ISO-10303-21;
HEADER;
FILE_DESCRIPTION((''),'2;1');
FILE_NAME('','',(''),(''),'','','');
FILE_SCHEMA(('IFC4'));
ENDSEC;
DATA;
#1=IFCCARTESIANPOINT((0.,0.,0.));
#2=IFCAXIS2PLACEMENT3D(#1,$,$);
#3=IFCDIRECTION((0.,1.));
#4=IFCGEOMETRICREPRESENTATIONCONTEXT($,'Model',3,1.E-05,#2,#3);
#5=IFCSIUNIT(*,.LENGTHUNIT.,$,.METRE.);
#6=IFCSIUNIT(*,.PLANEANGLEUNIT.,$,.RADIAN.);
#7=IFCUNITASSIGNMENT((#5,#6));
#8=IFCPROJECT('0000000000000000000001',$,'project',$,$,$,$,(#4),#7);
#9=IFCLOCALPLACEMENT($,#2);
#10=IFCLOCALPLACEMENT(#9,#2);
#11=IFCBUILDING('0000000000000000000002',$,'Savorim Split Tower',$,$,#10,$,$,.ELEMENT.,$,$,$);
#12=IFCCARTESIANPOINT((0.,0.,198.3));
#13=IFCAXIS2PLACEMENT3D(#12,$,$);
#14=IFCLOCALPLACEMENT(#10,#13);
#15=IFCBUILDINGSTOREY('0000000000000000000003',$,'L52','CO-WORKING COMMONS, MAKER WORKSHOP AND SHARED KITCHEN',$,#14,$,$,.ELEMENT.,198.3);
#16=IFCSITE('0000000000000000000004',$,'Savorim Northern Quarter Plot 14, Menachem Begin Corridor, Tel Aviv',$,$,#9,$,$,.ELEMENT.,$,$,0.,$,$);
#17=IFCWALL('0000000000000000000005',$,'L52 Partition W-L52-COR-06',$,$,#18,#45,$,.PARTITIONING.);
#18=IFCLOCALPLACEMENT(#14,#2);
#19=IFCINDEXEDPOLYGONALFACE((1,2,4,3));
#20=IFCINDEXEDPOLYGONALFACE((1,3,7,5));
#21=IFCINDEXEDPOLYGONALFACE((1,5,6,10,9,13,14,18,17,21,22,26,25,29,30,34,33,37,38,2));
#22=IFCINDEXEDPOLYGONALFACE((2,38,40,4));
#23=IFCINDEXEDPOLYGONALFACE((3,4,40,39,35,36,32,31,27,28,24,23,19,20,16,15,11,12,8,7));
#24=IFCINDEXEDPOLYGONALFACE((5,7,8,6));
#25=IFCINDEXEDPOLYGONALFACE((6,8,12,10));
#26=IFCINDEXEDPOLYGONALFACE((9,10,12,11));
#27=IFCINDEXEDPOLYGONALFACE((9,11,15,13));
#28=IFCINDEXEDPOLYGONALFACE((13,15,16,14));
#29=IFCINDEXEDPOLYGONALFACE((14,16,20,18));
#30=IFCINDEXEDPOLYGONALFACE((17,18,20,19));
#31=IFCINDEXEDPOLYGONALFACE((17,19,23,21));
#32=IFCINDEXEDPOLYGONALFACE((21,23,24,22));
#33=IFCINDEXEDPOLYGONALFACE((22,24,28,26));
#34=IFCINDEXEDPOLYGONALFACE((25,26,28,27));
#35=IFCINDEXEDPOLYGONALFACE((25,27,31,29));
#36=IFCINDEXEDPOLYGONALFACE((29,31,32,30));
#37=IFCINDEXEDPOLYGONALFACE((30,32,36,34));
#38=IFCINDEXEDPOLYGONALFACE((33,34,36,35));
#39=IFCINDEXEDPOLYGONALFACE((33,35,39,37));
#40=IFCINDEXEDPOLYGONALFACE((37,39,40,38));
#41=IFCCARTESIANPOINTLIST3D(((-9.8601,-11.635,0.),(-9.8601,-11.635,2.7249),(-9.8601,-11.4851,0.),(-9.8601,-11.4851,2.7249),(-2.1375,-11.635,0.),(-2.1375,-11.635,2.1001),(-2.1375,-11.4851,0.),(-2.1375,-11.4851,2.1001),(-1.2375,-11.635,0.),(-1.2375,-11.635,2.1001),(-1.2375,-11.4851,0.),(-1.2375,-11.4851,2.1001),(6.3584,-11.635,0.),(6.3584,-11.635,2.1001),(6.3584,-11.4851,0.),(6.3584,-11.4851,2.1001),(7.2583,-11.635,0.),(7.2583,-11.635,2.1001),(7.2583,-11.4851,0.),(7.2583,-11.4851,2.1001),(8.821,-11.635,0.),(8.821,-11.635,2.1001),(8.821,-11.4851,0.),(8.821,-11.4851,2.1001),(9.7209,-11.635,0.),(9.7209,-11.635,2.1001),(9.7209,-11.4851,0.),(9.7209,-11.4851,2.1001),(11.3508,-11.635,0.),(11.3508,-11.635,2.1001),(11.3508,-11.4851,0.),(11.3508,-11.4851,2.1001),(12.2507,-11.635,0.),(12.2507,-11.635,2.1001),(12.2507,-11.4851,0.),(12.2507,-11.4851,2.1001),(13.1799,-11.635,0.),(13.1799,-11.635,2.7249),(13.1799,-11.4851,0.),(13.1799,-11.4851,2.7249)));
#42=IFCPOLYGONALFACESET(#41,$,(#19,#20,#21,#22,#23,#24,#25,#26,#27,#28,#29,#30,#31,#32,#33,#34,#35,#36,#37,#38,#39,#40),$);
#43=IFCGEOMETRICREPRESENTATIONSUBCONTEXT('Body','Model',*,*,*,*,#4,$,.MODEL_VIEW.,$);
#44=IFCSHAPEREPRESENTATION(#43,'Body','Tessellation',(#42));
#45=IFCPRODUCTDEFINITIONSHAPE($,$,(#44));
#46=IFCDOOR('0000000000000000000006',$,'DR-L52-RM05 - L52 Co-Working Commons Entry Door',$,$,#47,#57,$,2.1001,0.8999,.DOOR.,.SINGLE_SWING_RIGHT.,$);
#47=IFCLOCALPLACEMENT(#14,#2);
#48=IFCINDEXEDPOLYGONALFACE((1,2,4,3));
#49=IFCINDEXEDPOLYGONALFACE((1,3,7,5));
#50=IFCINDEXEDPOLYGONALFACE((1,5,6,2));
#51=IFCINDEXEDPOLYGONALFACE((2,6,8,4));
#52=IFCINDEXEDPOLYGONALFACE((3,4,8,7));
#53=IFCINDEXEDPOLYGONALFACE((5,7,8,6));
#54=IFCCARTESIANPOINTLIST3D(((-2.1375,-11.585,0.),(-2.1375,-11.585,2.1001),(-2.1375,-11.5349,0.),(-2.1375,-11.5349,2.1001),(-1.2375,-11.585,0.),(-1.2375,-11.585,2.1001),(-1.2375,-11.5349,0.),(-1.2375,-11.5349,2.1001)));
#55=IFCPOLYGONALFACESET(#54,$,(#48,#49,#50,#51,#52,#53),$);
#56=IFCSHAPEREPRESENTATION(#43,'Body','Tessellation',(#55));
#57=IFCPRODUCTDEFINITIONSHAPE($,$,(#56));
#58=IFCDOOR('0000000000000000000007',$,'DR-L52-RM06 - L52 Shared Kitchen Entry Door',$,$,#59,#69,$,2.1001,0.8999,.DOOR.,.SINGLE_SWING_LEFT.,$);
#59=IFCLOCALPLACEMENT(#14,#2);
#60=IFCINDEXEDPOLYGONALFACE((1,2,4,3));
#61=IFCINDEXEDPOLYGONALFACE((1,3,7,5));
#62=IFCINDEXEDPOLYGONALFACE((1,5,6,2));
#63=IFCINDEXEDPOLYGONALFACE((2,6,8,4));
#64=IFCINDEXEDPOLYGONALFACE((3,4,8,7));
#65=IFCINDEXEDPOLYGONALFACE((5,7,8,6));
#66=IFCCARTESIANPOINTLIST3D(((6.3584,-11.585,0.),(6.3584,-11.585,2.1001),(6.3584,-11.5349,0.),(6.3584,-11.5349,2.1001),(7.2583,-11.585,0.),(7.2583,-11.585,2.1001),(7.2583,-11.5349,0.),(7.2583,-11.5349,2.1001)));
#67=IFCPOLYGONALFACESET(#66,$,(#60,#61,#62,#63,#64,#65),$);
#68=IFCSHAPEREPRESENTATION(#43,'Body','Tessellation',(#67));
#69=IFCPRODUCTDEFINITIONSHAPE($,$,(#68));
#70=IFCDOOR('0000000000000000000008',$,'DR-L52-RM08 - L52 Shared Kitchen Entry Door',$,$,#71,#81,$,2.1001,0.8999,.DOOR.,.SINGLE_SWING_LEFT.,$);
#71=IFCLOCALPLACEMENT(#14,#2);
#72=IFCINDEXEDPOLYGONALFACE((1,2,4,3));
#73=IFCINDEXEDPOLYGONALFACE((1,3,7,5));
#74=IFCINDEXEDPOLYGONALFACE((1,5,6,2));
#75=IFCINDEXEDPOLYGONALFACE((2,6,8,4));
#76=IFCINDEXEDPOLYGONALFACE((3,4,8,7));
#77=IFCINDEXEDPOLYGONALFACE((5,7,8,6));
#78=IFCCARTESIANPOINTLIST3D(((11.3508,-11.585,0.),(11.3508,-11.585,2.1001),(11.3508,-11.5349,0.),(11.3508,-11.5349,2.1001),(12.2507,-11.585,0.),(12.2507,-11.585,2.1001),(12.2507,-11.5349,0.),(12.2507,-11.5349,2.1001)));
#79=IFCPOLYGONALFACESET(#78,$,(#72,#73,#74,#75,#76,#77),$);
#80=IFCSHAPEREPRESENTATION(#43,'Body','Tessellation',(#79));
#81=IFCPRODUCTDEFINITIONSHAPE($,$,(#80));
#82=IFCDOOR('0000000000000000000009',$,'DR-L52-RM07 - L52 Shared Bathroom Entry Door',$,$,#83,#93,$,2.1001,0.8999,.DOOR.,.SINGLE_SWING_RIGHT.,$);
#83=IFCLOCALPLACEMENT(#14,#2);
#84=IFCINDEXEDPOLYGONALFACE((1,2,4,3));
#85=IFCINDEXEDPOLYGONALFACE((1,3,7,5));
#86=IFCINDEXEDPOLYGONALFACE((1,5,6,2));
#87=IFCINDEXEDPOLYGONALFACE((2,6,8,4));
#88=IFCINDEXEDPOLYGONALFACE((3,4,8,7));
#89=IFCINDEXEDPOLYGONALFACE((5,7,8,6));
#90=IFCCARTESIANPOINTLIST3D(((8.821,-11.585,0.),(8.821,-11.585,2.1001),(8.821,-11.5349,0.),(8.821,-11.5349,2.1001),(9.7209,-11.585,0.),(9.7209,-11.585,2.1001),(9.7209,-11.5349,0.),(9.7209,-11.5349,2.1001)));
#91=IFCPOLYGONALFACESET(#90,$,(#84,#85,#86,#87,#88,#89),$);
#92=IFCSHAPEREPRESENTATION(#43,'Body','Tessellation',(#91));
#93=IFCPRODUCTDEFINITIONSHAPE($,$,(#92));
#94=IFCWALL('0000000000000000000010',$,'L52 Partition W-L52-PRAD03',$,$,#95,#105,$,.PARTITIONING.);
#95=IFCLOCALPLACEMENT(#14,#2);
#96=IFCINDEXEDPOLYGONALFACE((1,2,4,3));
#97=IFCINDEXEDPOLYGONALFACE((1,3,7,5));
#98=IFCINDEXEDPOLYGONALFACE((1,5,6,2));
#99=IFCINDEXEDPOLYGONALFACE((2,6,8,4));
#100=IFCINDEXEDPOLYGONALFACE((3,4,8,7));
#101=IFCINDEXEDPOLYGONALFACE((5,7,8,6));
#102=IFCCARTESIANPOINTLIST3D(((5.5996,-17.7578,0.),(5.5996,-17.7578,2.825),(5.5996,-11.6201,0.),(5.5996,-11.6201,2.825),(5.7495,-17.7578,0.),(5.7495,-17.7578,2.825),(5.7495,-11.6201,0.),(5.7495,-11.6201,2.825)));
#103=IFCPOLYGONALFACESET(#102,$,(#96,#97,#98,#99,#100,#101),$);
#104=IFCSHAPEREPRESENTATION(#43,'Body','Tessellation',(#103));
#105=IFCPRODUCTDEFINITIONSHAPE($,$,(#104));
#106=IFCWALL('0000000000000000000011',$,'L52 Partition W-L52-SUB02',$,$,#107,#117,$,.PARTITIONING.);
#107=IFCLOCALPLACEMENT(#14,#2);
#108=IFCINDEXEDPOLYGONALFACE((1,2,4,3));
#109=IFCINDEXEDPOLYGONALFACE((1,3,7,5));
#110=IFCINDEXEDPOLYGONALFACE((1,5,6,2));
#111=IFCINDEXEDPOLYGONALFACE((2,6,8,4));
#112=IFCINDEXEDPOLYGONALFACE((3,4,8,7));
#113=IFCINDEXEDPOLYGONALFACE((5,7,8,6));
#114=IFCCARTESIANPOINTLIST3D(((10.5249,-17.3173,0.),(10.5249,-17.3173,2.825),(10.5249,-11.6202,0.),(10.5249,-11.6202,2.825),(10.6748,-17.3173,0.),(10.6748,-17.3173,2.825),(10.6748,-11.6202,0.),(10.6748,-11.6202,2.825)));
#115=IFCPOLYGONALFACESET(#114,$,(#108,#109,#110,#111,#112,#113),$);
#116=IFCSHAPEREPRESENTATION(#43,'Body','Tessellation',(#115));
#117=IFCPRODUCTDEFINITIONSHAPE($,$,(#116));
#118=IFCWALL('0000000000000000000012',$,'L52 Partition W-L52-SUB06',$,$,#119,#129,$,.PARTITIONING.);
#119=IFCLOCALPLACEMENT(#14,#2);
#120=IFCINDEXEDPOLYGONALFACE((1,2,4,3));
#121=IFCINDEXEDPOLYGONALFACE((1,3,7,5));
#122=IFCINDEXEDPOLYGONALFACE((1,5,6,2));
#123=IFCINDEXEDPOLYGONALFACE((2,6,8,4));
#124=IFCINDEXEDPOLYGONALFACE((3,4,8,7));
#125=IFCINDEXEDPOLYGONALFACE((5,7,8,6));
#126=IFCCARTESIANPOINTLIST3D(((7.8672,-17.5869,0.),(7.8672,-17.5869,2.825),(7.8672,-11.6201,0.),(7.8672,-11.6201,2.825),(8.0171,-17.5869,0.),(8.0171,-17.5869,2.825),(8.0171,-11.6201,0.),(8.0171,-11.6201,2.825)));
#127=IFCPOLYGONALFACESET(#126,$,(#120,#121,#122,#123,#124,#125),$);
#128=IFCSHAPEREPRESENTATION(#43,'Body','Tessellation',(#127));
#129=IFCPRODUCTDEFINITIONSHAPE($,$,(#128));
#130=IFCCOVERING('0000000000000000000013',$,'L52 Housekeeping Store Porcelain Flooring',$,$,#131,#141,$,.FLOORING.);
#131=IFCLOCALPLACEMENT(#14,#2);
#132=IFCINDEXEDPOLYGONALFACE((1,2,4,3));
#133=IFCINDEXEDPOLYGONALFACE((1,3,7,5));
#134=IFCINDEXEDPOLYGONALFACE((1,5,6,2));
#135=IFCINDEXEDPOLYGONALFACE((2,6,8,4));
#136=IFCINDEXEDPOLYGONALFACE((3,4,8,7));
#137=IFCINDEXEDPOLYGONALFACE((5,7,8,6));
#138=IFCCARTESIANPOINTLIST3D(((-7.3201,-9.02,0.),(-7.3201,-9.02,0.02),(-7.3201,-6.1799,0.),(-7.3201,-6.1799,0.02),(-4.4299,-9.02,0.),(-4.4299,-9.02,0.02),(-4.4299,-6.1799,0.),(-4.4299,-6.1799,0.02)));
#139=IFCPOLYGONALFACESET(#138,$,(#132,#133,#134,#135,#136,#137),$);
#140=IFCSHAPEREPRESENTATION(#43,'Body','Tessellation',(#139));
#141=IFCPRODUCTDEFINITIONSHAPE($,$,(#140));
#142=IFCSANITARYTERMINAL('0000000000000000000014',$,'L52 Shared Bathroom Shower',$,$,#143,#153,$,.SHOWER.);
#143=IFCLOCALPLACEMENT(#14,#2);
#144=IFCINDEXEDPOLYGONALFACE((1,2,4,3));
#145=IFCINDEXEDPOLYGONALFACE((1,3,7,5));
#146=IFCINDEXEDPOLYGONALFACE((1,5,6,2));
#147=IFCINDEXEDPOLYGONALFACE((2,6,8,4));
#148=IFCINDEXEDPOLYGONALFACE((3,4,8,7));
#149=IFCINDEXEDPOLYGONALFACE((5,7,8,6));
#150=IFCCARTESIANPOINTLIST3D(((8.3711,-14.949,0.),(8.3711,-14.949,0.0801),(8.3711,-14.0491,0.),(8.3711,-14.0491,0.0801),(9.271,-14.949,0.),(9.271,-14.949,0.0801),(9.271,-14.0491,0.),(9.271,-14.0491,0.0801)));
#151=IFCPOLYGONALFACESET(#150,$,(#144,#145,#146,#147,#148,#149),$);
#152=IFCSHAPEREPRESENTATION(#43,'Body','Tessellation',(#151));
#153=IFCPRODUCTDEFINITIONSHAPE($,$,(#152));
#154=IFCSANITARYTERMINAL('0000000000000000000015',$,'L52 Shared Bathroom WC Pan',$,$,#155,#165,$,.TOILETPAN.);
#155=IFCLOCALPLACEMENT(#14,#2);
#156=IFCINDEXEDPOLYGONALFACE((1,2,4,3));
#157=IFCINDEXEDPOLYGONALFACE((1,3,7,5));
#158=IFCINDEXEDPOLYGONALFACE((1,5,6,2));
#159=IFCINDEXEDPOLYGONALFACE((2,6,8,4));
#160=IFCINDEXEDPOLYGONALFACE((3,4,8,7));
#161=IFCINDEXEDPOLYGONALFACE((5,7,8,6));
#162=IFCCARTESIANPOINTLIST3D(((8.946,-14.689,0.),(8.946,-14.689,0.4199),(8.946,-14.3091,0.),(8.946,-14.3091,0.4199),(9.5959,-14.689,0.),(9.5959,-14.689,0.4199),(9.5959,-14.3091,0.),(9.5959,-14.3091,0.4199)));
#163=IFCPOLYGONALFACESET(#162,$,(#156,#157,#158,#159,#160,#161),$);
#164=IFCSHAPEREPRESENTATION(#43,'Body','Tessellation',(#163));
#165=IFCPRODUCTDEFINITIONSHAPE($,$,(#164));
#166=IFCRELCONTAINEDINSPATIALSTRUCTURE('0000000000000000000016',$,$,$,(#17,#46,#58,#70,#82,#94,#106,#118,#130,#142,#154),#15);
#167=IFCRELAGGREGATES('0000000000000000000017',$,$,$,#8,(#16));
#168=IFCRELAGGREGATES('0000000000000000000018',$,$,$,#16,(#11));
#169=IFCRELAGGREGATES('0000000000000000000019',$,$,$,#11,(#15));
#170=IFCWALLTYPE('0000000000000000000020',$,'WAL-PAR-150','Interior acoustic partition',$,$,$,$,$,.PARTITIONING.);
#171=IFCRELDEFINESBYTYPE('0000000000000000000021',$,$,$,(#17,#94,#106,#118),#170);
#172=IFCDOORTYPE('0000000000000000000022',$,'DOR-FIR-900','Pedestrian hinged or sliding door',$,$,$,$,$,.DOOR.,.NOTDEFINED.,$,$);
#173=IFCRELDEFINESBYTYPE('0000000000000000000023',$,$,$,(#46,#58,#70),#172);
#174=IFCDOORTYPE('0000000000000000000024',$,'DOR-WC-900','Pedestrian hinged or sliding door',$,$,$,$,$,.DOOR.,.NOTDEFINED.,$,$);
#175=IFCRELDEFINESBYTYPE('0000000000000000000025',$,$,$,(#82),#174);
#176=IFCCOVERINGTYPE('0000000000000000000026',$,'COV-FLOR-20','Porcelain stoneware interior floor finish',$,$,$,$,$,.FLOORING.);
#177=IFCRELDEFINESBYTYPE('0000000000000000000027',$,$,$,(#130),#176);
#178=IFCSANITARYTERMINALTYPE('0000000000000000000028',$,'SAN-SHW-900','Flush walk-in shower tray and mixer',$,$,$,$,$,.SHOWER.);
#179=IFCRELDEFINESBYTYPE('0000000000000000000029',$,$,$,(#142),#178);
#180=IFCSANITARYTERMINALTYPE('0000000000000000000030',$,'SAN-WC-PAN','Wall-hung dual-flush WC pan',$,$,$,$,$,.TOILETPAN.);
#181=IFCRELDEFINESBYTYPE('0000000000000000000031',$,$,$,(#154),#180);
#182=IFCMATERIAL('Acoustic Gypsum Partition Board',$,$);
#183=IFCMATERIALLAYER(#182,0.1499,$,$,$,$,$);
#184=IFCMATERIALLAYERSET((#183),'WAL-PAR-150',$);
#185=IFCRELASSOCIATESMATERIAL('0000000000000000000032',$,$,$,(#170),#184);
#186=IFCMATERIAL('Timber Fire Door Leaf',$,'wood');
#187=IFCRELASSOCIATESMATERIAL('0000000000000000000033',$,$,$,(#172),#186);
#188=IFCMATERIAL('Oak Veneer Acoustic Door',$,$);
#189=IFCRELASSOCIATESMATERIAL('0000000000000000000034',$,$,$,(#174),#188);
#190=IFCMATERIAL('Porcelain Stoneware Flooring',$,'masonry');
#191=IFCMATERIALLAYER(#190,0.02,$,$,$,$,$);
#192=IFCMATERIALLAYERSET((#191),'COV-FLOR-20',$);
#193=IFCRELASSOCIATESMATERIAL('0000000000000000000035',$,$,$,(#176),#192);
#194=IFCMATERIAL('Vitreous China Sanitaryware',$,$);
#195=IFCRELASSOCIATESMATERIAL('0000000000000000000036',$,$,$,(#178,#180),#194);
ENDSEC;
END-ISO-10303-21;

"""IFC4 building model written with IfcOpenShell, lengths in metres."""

from ifc_helpers import new_model, si_unit, direction, frame, frame_2d, origin, origin_2d, place, context, subcontext, project, spatial, polyline, rectangle, outline, extrude, material, layer, layer_set, type_object, element, fill, save


model = new_model("IFC4")

# Units and contexts
model_context = context("Model", 3, precision=1e-05, world=origin(), true_north=direction((0.0, 1.0)))
body_context = subcontext(model_context, "Body", "Model", "MODEL_VIEW")
ifc_project = project(units=[si_unit("LENGTHUNIT", "METRE"), si_unit("PLANEANGLEUNIT", "RADIAN")], contexts=[model_context])

# Site, building, storey
site_placement = place(None, origin())
site = spatial("IfcSite", under=ifc_project, at=site_placement, Name="Savorim Northern Quarter Plot 14, Menachem Begin Corridor, Tel Aviv", CompositionType="ELEMENT", RefElevation=0.0)
building_placement = place(site_placement, origin())
building = spatial("IfcBuilding", under=site, at=building_placement, Name="Savorim Split Tower", CompositionType="ELEMENT")
storey_placement = place(building_placement, frame((0.0, 0.0, 198.3)))
storey = spatial("IfcBuildingStorey", under=building, at=storey_placement, Name="L52", Description="CO-WORKING COMMONS, MAKER WORKSHOP AND SHARED KITCHEN", CompositionType="ELEMENT", Elevation=198.3)

# Shared definitions
ifc_material_1 = material(Name="Timber Fire Door Leaf", Category="wood")

# Shared definitions
ifc_material_2 = material(Name="Acoustic Gypsum Partition Board")
ifc_layer_1 = layer(ifc_material_2, 0.1499)
ifc_layer_set_1 = layer_set([ifc_layer_1], Name="WAL-PAR-150")
wall_type_1 = type_object("IfcWallType", Name="WAL-PAR-150", Description="Interior acoustic partition", PredefinedType="PARTITIONING", material=ifc_layer_set_1)
door_type_1 = type_object("IfcDoorType", Name="DOR-FIR-900", Description="Pedestrian hinged or sliding door", OperationType="NOTDEFINED", PredefinedType="DOOR", material=ifc_material_1)

# Wall, openings, doors
wall_1_placement = place(storey_placement, frame((13.1799, -11.5601, 0.0), z_axis=(0.0, 0.0, 1.0), x_axis=(-1.0, 0.0, 0.0)))
wall_1 = element("IfcWall", 1, at=wall_1_placement, inside=storey, type_object=wall_type_1, Name="L52 Partition W-L52-COR-06", PredefinedType="PARTITIONING", context=body_context, shape_type="SweptSolid", body=[
    extrude(rectangle(XDim=23.04, YDim=0.1499, at=frame_2d((11.52, 0.0))), origin(), (0.0, 0.0, 1.0), 2.7249),
])
opening_1_placement = place(wall_1_placement, frame((14.4175, 0.0, 0.0)))
opening_1 = element("IfcOpeningElement", 2, at=opening_1_placement, cuts=wall_1, PredefinedType="OPENING", context=body_context, shape_type="SweptSolid", body=[
    extrude(rectangle(XDim=0.8999, YDim=2.1001, at=frame_2d((0.45, 1.05))), frame((0.0, 0.085, 0.0), z_axis=(0.0, -1.0, 0.0), x_axis=(1.0, 0.0, 0.0)), (0.0, 0.0, 1.0), 0.1699),
])
opening_2_placement = place(wall_1_placement, frame((5.9216, 0.0, 0.0)))
opening_2 = element("IfcOpeningElement", 3, at=opening_2_placement, cuts=wall_1, PredefinedType="OPENING", context=body_context, shape_type="SweptSolid", body=[
    extrude(rectangle(XDim=0.8999, YDim=2.1001, at=frame_2d((0.45, 1.05))), frame((0.0, 0.085, 0.0), z_axis=(0.0, -1.0, 0.0), x_axis=(1.0, 0.0, 0.0)), (0.0, 0.0, 1.0), 0.1699),
])
opening_3_placement = place(wall_1_placement, frame((3.459, 0.0, 0.0)))
opening_3 = element("IfcOpeningElement", 4, at=opening_3_placement, cuts=wall_1, PredefinedType="OPENING", context=body_context, shape_type="SweptSolid", body=[
    extrude(rectangle(XDim=0.8999, YDim=2.1001, at=frame_2d((0.45, 1.05))), frame((0.0, 0.085, 0.0), z_axis=(0.0, -1.0, 0.0), x_axis=(1.0, 0.0, 0.0)), (0.0, 0.0, 1.0), 0.1699),
])
opening_4_placement = place(wall_1_placement, frame((0.9292, 0.0, 0.0)))
opening_4 = element("IfcOpeningElement", 5, at=opening_4_placement, cuts=wall_1, PredefinedType="OPENING", context=body_context, shape_type="SweptSolid", body=[
    extrude(rectangle(XDim=0.8999, YDim=2.1001, at=frame_2d((0.45, 1.05))), frame((0.0, 0.085, 0.0), z_axis=(0.0, -1.0, 0.0), x_axis=(1.0, 0.0, 0.0)), (0.0, 0.0, 1.0), 0.1699),
])
door_1_placement = place(opening_1_placement, origin())
door_1 = element("IfcDoor", 6, at=door_1_placement, inside=storey, type_object=door_type_1, Name="DR-L52-RM05 - L52 Co-Working Commons Entry Door", OperationType="SINGLE_SWING_RIGHT", OverallHeight=2.1001, OverallWidth=0.8999, PredefinedType="DOOR", context=body_context, shape_type="SweptSolid", body=[
    extrude(rectangle(XDim=0.8999, YDim=2.1001, at=frame_2d((0.45, 1.05))), frame((0.0, 0.0249, 0.0), z_axis=(0.0, -1.0, 0.0), x_axis=(1.0, 0.0, 0.0)), (0.0, 0.0, 1.0), 0.05),
])
fill(opening_1, door_1)
door_2_placement = place(opening_2_placement, origin())
door_2 = element("IfcDoor", 7, at=door_2_placement, inside=storey, type_object=door_type_1, Name="DR-L52-RM06 - L52 Shared Kitchen Entry Door", OperationType="SINGLE_SWING_LEFT", OverallHeight=2.1001, OverallWidth=0.8999, PredefinedType="DOOR", context=body_context, shape_type="SweptSolid", body=[
    extrude(rectangle(XDim=0.8999, YDim=2.1001, at=frame_2d((0.45, 1.05))), frame((0.0, 0.0249, 0.0), z_axis=(0.0, -1.0, 0.0), x_axis=(1.0, 0.0, 0.0)), (0.0, 0.0, 1.0), 0.05),
])
fill(opening_2, door_2)
door_3_placement = place(opening_4_placement, origin())
door_3 = element("IfcDoor", 8, at=door_3_placement, inside=storey, type_object=door_type_1, Name="DR-L52-RM08 - L52 Shared Kitchen Entry Door", OperationType="SINGLE_SWING_LEFT", OverallHeight=2.1001, OverallWidth=0.8999, PredefinedType="DOOR", context=body_context, shape_type="SweptSolid", body=[
    extrude(rectangle(XDim=0.8999, YDim=2.1001, at=frame_2d((0.45, 1.05))), frame((0.0, 0.0249, 0.0), z_axis=(0.0, -1.0, 0.0), x_axis=(1.0, 0.0, 0.0)), (0.0, 0.0, 1.0), 0.05),
])
fill(opening_4, door_3)
ifc_material_3 = material(Name="Oak Veneer Acoustic Door")
door_type_2 = type_object("IfcDoorType", Name="DOR-WC-900", Description="Pedestrian hinged or sliding door", OperationType="NOTDEFINED", PredefinedType="DOOR", material=ifc_material_3)
door_4_placement = place(opening_3_placement, origin())
door_4 = element("IfcDoor", 9, at=door_4_placement, inside=storey, type_object=door_type_2, Name="DR-L52-RM07 - L52 Shared Bathroom Entry Door", OperationType="SINGLE_SWING_RIGHT", OverallHeight=2.1001, OverallWidth=0.8999, PredefinedType="DOOR", context=body_context, shape_type="SweptSolid", body=[
    extrude(rectangle(XDim=0.8999, YDim=2.1001, at=frame_2d((0.45, 1.05))), frame((0.0, 0.0249, 0.0), z_axis=(0.0, -1.0, 0.0), x_axis=(1.0, 0.0, 0.0)), (0.0, 0.0, 1.0), 0.05),
])
fill(opening_3, door_4)

# Walls
wall_2_placement = place(storey_placement, frame((5.6746, -11.6201, 0.0), z_axis=(0.0, 0.0, 1.0), x_axis=(0.0, -1.0, 0.0)))
element("IfcWall", 10, at=wall_2_placement, inside=storey, type_object=wall_type_1, Name="L52 Partition W-L52-PRAD03", PredefinedType="PARTITIONING", context=body_context, shape_type="SweptSolid", body=[
    extrude(rectangle(XDim=6.1377, YDim=0.1499, at=frame_2d((3.0688, 0.0))), origin(), (0.0, 0.0, 1.0), 2.825),
])
wall_3_placement = place(storey_placement, frame((10.5999, -11.6201, 0.0), z_axis=(0.0, 0.0, 1.0), x_axis=(0.0, -1.0, 0.0)))
element("IfcWall", 11, at=wall_3_placement, inside=storey, type_object=wall_type_1, Name="L52 Partition W-L52-SUB02", PredefinedType="PARTITIONING", context=body_context, shape_type="SweptSolid", body=[
    extrude(rectangle(XDim=5.697, YDim=0.1499, at=frame_2d((2.8486, 0.0))), origin(), (0.0, 0.0, 1.0), 2.825),
])
wall_4_placement = place(storey_placement, frame((7.9421, -11.6201, 0.0), z_axis=(0.0, 0.0, 1.0), x_axis=(0.0, -1.0, 0.0)))
element("IfcWall", 12, at=wall_4_placement, inside=storey, type_object=wall_type_1, Name="L52 Partition W-L52-SUB06", PredefinedType="PARTITIONING", context=body_context, shape_type="SweptSolid", body=[
    extrude(rectangle(XDim=5.9668, YDim=0.1499, at=frame_2d((2.9834, 0.0))), origin(), (0.0, 0.0, 1.0), 2.825),
])

# Covering
ifc_material_4 = material(Name="Porcelain Stoneware Flooring", Category="masonry")
ifc_layer_2 = layer(ifc_material_4, 0.02)
ifc_layer_set_2 = layer_set([ifc_layer_2], Name="COV-FLOR-20")
covering_type = type_object("IfcCoveringType", Name="COV-FLOR-20", Description="Porcelain stoneware interior floor finish", PredefinedType="FLOORING", material=ifc_layer_set_2)
covering_placement = place(storey_placement, origin())
element("IfcCovering", 13, at=covering_placement, inside=storey, type_object=covering_type, Name="L52 Housekeeping Store Porcelain Flooring", PredefinedType="FLOORING", context=body_context, shape_type="SweptSolid", body=[
    extrude(outline(polyline([(-7.3201, -6.1799), (-7.3201, -9.02), (-4.4299, -9.02), (-4.4299, -6.1799), (-7.3201, -6.1799)])), origin(), (0.0, 0.0, 1.0), 0.02),
])

# Sanitary terminals
ifc_material_5 = material(Name="Vitreous China Sanitaryware")
sanitary_terminal_type_1 = type_object("IfcSanitaryTerminalType", Name="SAN-SHW-900", Description="Flush walk-in shower tray and mixer", PredefinedType="SHOWER", material=ifc_material_5)
sanitary_terminal_1_placement = place(storey_placement, frame((8.821, -14.499, 0.0), z_axis=(0.0, 0.0, 1.0), x_axis=(1.0, 0.0, 0.0)))
element("IfcSanitaryTerminal", 14, at=sanitary_terminal_1_placement, inside=storey, type_object=sanitary_terminal_type_1, Name="L52 Shared Bathroom Shower", PredefinedType="SHOWER", context=body_context, shape_type="SweptSolid", body=[
    extrude(rectangle(XDim=0.8999, YDim=0.8999, at=origin_2d()), origin(), (0.0, 0.0, 1.0), 0.0801),
])
sanitary_terminal_type_2 = type_object("IfcSanitaryTerminalType", Name="SAN-WC-PAN", Description="Wall-hung dual-flush WC pan", PredefinedType="TOILETPAN", material=ifc_material_5)
sanitary_terminal_2_placement = place(storey_placement, frame((9.271, -14.499, 0.0), z_axis=(0.0, 0.0, 1.0), x_axis=(1.0, 0.0, 0.0)))
element("IfcSanitaryTerminal", 15, at=sanitary_terminal_2_placement, inside=storey, type_object=sanitary_terminal_type_2, Name="L52 Shared Bathroom WC Pan", PredefinedType="TOILETPAN", context=body_context, shape_type="SweptSolid", body=[
    extrude(rectangle(XDim=0.6499, YDim=0.3799, at=origin_2d()), origin(), (0.0, 0.0, 1.0), 0.4199),
])

save(model, "model.ifc")
